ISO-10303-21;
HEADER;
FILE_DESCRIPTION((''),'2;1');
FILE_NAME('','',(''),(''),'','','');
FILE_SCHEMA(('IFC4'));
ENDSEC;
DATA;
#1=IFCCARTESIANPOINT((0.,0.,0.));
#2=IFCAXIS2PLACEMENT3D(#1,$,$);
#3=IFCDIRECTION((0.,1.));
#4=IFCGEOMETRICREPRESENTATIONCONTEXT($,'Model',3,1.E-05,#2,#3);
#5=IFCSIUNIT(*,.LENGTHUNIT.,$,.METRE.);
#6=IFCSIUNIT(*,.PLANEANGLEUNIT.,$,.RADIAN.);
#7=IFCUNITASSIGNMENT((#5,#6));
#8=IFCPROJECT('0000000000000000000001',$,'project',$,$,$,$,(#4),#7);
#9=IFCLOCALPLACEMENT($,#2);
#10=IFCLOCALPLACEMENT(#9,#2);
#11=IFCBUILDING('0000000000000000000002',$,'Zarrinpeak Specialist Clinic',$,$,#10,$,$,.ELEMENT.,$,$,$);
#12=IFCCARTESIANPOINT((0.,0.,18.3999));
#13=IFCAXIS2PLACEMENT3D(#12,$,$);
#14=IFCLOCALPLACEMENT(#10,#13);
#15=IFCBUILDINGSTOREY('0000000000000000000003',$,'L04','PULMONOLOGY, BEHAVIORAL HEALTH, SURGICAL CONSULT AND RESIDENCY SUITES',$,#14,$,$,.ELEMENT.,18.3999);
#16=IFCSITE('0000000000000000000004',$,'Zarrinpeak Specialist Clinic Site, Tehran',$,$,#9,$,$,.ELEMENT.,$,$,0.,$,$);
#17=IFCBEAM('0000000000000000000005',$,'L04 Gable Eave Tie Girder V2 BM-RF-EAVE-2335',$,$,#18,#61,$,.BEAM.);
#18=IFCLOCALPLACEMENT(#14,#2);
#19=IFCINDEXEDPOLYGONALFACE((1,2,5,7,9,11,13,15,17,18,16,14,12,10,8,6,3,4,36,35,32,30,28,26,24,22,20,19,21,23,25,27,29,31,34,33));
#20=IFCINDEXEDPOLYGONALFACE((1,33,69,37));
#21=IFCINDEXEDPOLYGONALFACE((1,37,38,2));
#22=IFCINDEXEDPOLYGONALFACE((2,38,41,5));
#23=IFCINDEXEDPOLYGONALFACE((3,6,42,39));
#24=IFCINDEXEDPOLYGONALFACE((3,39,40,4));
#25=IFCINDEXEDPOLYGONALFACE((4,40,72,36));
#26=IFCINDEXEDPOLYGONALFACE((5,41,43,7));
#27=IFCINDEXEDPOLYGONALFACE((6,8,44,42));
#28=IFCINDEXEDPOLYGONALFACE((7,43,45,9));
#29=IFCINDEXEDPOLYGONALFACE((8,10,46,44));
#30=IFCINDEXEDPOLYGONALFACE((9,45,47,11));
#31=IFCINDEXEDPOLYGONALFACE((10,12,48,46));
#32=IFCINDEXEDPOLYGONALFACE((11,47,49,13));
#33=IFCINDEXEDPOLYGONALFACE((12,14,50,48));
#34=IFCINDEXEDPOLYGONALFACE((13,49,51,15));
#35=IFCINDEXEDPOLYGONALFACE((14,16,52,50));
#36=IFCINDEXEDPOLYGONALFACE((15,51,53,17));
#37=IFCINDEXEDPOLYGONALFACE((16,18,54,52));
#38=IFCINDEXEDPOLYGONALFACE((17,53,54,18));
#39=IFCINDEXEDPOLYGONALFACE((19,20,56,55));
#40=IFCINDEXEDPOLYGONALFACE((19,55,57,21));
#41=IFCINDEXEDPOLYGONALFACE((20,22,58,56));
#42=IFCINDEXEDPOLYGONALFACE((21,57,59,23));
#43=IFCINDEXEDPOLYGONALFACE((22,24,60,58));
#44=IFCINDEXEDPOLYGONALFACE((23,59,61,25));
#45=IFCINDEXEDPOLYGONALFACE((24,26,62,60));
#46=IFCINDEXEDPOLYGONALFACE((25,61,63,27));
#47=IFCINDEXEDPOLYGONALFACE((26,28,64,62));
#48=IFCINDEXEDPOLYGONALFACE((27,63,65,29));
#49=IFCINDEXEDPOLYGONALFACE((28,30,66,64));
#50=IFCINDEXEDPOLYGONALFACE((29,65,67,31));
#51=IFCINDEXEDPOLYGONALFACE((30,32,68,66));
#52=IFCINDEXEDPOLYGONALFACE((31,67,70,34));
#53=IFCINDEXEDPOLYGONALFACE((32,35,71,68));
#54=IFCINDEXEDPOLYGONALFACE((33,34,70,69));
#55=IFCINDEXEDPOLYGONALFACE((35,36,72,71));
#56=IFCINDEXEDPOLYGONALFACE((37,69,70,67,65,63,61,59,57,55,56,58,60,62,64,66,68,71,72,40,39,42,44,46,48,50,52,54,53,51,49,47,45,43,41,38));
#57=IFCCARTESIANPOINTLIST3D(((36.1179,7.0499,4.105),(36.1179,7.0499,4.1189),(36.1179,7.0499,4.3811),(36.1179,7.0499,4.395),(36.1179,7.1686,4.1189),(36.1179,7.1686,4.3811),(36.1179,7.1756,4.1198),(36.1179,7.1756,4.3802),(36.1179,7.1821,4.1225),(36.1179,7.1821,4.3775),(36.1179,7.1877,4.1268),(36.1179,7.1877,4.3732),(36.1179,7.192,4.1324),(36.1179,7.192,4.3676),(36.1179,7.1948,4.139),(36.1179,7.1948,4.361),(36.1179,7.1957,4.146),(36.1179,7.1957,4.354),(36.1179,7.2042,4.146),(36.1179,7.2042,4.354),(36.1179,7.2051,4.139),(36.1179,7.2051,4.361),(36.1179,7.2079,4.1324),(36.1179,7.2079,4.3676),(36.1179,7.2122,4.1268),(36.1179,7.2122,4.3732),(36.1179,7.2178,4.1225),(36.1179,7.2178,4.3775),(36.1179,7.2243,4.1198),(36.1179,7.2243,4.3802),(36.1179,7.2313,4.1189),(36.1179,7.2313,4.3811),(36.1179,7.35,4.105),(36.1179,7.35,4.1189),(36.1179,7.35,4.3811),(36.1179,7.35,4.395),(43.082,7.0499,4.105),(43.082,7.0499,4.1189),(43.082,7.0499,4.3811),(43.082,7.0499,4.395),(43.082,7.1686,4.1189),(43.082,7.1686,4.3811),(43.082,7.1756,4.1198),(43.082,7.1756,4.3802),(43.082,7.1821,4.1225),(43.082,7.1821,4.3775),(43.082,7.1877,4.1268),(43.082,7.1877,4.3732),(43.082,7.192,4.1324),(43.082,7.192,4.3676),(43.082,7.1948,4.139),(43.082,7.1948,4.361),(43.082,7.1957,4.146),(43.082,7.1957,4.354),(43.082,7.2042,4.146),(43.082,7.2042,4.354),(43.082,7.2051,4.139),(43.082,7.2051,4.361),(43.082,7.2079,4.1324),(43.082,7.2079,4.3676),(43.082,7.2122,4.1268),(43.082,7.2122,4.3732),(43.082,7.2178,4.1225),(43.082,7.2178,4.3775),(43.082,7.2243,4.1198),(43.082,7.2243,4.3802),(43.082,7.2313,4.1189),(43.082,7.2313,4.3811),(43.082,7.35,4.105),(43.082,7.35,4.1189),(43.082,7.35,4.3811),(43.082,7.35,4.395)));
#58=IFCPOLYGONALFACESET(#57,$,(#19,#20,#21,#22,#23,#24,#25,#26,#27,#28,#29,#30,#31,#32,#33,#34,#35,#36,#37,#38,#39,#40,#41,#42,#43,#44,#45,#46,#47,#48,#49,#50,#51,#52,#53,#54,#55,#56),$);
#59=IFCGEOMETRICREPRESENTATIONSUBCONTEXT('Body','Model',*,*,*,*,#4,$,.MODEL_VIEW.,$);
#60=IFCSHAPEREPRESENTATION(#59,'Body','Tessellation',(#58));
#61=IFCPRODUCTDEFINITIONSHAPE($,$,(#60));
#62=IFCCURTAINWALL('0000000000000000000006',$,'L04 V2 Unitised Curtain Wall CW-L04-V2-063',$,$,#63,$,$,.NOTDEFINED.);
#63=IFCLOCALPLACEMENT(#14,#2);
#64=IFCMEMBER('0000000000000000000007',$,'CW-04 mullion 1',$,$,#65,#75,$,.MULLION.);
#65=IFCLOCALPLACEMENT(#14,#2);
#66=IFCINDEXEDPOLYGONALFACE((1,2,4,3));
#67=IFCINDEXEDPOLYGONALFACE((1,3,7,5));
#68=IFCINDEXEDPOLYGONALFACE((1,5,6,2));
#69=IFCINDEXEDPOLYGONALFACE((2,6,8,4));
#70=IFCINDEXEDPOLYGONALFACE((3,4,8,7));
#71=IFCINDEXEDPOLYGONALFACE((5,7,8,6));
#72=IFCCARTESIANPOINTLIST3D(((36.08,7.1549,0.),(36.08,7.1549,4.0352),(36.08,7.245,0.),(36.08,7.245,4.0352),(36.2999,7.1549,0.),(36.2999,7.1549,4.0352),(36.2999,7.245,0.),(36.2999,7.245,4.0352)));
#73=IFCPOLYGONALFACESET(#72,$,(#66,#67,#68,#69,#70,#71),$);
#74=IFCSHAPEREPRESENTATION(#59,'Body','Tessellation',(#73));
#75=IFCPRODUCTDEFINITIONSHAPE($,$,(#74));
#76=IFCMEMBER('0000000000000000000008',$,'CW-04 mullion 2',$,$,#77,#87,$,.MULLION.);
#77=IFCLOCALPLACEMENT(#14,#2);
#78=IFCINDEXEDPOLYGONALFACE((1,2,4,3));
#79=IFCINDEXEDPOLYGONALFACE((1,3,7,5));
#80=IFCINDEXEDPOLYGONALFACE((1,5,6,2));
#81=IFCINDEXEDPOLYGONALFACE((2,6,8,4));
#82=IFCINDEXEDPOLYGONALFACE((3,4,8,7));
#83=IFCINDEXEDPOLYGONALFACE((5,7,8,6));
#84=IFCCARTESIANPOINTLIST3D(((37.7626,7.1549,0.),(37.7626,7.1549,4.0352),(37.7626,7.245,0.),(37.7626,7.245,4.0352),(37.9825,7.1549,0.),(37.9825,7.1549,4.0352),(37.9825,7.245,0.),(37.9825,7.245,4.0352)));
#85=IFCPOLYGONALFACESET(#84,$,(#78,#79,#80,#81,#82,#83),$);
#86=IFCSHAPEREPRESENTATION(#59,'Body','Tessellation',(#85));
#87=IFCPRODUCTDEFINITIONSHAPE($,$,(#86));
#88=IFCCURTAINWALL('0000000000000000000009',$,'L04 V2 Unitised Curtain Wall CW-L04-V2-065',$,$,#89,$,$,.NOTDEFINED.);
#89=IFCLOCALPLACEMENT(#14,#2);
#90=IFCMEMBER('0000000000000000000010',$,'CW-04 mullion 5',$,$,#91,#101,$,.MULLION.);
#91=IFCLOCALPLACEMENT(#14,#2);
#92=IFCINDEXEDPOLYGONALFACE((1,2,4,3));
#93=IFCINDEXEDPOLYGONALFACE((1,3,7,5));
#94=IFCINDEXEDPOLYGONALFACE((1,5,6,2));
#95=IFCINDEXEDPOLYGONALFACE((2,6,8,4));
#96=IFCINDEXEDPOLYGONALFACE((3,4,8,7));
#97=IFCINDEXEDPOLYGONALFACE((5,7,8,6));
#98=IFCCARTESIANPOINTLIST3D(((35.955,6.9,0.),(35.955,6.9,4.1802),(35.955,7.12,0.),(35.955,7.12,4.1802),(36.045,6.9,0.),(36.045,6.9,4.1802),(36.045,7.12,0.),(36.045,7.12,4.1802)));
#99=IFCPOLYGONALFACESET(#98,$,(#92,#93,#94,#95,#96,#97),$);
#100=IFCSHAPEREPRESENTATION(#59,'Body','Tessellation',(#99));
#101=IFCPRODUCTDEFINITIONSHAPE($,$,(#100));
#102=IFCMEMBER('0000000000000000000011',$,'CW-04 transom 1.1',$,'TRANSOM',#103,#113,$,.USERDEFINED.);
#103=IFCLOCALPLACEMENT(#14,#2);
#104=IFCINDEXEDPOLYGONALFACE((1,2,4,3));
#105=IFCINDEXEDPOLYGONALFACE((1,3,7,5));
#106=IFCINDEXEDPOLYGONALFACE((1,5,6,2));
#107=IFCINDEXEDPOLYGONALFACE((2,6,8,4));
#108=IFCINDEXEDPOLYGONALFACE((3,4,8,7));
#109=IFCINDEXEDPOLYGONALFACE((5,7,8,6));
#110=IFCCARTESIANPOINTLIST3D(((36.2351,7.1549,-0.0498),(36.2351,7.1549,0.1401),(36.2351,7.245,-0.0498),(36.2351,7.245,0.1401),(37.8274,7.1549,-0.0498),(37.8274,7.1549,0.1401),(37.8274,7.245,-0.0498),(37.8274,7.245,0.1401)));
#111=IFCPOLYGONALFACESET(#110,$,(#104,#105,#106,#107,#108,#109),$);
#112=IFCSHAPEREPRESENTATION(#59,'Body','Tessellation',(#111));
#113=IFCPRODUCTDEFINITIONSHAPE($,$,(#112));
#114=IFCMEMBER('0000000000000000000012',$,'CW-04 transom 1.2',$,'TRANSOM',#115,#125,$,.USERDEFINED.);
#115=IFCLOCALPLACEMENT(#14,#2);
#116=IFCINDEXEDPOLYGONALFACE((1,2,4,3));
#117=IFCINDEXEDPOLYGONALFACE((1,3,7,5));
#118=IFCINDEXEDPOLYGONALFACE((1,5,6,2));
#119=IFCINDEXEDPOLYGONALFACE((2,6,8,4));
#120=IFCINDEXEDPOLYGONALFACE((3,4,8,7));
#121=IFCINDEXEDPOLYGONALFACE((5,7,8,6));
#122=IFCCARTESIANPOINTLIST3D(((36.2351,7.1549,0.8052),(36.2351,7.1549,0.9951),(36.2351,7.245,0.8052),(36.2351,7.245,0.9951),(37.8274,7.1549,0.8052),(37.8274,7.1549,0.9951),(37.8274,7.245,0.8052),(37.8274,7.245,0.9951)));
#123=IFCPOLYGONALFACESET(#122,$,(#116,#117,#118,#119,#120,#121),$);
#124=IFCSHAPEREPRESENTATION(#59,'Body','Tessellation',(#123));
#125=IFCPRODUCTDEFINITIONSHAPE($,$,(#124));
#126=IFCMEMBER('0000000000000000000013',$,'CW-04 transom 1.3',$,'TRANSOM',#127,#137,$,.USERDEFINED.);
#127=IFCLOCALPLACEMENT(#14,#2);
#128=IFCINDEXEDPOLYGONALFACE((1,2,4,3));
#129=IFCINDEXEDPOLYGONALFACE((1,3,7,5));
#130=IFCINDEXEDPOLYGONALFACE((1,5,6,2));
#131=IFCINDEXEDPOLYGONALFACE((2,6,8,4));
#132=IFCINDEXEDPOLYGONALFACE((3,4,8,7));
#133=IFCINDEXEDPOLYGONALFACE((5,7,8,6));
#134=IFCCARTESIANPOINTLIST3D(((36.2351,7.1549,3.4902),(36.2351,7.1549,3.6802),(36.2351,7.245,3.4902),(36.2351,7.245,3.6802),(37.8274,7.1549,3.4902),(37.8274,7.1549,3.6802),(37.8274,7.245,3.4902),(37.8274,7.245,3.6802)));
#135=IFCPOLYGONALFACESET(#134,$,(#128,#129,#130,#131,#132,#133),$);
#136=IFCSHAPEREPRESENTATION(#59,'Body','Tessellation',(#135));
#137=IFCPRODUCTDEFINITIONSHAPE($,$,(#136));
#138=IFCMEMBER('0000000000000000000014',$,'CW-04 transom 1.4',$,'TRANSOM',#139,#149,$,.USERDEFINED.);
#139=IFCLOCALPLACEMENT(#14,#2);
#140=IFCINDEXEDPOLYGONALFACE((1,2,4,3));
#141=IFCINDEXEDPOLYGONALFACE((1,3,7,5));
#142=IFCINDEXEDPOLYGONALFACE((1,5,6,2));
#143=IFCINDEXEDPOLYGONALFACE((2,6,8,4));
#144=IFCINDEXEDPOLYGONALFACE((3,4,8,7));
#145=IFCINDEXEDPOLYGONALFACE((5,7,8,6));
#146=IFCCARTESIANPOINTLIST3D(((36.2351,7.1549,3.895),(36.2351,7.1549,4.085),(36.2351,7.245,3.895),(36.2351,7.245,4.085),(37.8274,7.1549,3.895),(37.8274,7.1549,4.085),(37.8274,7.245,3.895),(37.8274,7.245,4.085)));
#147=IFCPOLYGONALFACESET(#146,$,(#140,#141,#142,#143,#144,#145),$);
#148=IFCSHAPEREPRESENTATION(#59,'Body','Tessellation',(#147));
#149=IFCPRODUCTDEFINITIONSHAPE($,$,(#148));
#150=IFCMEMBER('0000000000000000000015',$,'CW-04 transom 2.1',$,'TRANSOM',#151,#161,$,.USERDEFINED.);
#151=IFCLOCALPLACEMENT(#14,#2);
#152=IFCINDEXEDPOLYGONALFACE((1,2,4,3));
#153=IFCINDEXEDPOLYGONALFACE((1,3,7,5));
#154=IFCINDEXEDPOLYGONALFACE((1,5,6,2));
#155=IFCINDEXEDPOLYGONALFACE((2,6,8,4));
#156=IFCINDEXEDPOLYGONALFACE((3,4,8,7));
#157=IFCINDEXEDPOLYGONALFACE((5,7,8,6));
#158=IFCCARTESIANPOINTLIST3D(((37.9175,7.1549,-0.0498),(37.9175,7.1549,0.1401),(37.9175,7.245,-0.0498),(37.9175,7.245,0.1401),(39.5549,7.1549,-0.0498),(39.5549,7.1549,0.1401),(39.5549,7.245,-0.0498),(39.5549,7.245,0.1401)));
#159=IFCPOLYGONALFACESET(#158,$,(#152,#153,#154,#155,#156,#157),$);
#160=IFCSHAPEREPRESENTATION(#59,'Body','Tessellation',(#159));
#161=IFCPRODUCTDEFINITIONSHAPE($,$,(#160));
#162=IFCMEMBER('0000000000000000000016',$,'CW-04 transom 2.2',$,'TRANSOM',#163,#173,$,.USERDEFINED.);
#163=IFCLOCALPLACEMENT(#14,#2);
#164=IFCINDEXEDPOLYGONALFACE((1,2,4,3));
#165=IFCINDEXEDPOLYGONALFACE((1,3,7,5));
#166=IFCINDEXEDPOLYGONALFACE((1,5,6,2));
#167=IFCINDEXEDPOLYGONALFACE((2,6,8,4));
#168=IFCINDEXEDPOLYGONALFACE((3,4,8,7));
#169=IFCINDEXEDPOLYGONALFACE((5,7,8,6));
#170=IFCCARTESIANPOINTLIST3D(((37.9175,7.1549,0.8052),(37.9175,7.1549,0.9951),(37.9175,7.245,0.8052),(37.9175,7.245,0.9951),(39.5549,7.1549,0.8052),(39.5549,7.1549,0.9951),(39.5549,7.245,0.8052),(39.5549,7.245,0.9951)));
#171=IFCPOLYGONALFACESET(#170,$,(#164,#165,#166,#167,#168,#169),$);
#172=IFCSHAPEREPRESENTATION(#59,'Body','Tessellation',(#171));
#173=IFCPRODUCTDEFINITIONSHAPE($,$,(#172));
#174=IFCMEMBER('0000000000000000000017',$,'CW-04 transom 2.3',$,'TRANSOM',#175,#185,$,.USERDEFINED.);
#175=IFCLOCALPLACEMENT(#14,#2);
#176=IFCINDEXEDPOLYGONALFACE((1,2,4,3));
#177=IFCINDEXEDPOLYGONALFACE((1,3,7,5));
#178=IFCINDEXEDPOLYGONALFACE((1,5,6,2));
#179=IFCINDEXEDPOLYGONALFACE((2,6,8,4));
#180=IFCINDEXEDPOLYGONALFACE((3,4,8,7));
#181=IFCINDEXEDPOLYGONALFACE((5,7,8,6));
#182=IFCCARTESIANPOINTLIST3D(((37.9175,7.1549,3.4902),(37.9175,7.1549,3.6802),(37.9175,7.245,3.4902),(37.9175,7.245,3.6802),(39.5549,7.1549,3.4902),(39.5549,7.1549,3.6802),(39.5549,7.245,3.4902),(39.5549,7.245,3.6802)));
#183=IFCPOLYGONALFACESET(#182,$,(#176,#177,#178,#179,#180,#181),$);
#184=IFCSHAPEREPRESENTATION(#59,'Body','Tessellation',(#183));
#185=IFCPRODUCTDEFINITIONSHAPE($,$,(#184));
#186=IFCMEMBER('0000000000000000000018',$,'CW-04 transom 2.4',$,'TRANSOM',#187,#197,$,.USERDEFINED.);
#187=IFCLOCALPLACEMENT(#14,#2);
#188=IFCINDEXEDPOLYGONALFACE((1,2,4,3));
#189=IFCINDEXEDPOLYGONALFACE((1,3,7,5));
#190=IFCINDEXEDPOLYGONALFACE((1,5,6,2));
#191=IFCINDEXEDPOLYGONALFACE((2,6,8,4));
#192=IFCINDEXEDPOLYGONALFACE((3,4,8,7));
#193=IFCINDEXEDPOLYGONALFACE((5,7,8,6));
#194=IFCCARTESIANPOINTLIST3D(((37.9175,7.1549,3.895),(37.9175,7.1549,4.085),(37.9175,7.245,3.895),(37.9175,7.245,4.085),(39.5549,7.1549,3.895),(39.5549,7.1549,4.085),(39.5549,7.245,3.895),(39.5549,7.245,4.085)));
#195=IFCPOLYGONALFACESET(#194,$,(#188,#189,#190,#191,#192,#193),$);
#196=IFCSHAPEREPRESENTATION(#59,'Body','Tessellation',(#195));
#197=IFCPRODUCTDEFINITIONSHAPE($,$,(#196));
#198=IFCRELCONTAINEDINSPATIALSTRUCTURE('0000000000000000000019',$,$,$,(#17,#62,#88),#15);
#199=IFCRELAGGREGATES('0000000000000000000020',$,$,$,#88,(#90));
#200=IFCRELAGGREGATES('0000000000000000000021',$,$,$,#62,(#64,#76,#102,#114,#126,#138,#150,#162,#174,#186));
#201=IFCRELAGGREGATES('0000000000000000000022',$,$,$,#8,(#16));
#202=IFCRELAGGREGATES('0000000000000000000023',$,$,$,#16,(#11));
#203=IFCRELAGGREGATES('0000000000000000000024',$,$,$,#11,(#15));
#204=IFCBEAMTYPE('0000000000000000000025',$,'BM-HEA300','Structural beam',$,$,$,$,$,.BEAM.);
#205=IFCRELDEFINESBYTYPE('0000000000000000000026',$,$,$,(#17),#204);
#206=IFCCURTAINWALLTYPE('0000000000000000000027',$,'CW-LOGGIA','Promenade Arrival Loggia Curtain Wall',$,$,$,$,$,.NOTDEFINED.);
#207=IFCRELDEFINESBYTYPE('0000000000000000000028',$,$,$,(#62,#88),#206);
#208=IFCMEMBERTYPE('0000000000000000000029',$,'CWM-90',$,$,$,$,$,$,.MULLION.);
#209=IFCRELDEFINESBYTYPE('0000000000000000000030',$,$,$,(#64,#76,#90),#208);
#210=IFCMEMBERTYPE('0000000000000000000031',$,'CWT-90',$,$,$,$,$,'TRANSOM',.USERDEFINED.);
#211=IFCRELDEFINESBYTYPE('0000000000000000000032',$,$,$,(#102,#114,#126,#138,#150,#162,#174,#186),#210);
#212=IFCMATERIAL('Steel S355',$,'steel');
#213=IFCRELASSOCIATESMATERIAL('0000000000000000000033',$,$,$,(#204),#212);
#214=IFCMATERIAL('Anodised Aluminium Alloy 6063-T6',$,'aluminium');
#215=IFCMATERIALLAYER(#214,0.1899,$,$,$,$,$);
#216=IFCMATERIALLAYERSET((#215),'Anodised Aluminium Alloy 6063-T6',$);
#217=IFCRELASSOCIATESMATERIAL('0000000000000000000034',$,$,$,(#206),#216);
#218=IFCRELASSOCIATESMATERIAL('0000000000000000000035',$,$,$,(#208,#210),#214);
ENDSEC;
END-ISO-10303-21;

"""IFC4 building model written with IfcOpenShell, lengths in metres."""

from ifc_helpers import new_model, si_unit, direction, frame, origin, origin_2d, place, context, subcontext, project, spatial, rectangle, i_section, extrude, material, layer, layer_set, material_profile, profile_set, type_object, element, aggregate, save


model = new_model("IFC4")

# Units and contexts
model_context = context("Model", 3, precision=1e-05, world=origin(), true_north=direction((0.0, 1.0)))
body_context = subcontext(model_context, "Body", "Model", "MODEL_VIEW")
ifc_project = project(units=[si_unit("LENGTHUNIT", "METRE"), si_unit("PLANEANGLEUNIT", "RADIAN")], contexts=[model_context])

# Site, building, storey
site_placement = place(None, origin())
site = spatial("IfcSite", under=ifc_project, at=site_placement, Name="Zarrinpeak Specialist Clinic Site, Tehran", CompositionType="ELEMENT", RefElevation=0.0)
building_placement = place(site_placement, origin())
building = spatial("IfcBuilding", under=site, at=building_placement, Name="Zarrinpeak Specialist Clinic", CompositionType="ELEMENT")
storey_placement = place(building_placement, frame((0.0, 0.0, 18.3999)))
storey = spatial("IfcBuildingStorey", under=building, at=storey_placement, Name="L04", Description="PULMONOLOGY, BEHAVIORAL HEALTH, SURGICAL CONSULT AND RESIDENCY SUITES", CompositionType="ELEMENT", Elevation=18.3999)

# Shared definitions
ifc_material_1 = material(Name="Steel S355", Category="steel")

# Beam
ifc_material_profile_1 = material_profile(ifc_material_1, i_section(OverallWidth=0.3, OverallDepth=0.29, WebThickness=0.0085, FlangeThickness=0.0139, FilletRadius=0.0271, at=origin_2d()), Name="HEA 300")
ifc_profile_set_1 = profile_set([ifc_material_profile_1], Name="Steel S355")
beam_type_1 = type_object("IfcBeamType", Name="BM-HEA300", Description="Structural beam", PredefinedType="BEAM", material=ifc_profile_set_1)
beam_1_placement = place(storey_placement, frame((36.1179, 7.2, 4.25), z_axis=(1.0, 0.0, 0.0), x_axis=(0.0, 1.0, 0.0)))
element("IfcBeam", 1, at=beam_1_placement, inside=storey, type_object=beam_type_1, Name="L04 Gable Eave Tie Girder V2 BM-RF-EAVE-2335", PredefinedType="BEAM", context=body_context, shape_type="SweptSolid", body=[
    extrude(i_section(OverallWidth=0.3, OverallDepth=0.29, WebThickness=0.0085, FlangeThickness=0.0139, FilletRadius=0.0271, at=origin_2d()), origin(), (0.0, 0.0, 1.0), 6.9641),
])

# Curtain wall, members
ifc_material_2 = material(Name="Anodised Aluminium Alloy 6063-T6", Category="aluminium")
ifc_layer_1 = layer(ifc_material_2, 0.1899)
ifc_layer_set_1 = layer_set([ifc_layer_1], Name="Anodised Aluminium Alloy 6063-T6")
curtain_wall_type = type_object("IfcCurtainWallType", Name="CW-LOGGIA", Description="Promenade Arrival Loggia Curtain Wall", PredefinedType="NOTDEFINED", material=ifc_layer_set_1)
curtain_wall_1_placement = place(storey_placement, origin())
curtain_wall_1 = element("IfcCurtainWall", 2, at=curtain_wall_1_placement, inside=storey, type_object=curtain_wall_type, Name="L04 V2 Unitised Curtain Wall CW-L04-V2-063", PredefinedType="NOTDEFINED")
ifc_material_profile_2 = material_profile(ifc_material_2, rectangle(XDim=0.0901, YDim=0.22, at=origin_2d()), Name="ALU 90x220")
ifc_profile_set_2 = profile_set([ifc_material_profile_2], Name="Anodised Aluminium Alloy 6063-T6")
member_type_1 = type_object("IfcMemberType", Name="CWM-90", PredefinedType="MULLION", material=ifc_profile_set_2)
member_1_placement = place(storey_placement, frame((36.1899, 7.2, 0.0), z_axis=(0.0, 0.0, 1.0), x_axis=(0.0, 1.0, 0.0)))
member_1 = element("IfcMember", 3, at=member_1_placement, type_object=member_type_1, Name="CW-04 mullion 1", PredefinedType="MULLION", context=body_context, shape_type="SweptSolid", body=[
    extrude(rectangle(XDim=0.0901, YDim=0.22, at=origin_2d()), origin(), (0.0, 0.0, 1.0), 4.0352),
])
member_2_placement = place(storey_placement, frame((37.8726, 7.2, 0.0), z_axis=(0.0, 0.0, 1.0), x_axis=(0.0, 1.0, 0.0)))
member_2 = element("IfcMember", 4, at=member_2_placement, type_object=member_type_1, Name="CW-04 mullion 2", PredefinedType="MULLION", context=body_context, shape_type="SweptSolid", body=[
    extrude(rectangle(XDim=0.0901, YDim=0.22, at=origin_2d()), origin(), (0.0, 0.0, 1.0), 4.0352),
])

# Curtain wall, member
curtain_wall_2_placement = place(storey_placement, origin())
curtain_wall_2 = element("IfcCurtainWall", 5, at=curtain_wall_2_placement, inside=storey, type_object=curtain_wall_type, Name="L04 V2 Unitised Curtain Wall CW-L04-V2-065", PredefinedType="NOTDEFINED")
member_3_placement = place(storey_placement, frame((36.0, 7.01, 0.0), z_axis=(0.0, 0.0, 1.0), x_axis=(-1.0, 0.0, 0.0)))
member_3 = element("IfcMember", 6, at=member_3_placement, type_object=member_type_1, Name="CW-04 mullion 5", PredefinedType="MULLION", context=body_context, shape_type="SweptSolid", body=[
    extrude(rectangle(XDim=0.0901, YDim=0.22, at=origin_2d()), origin(), (0.0, 0.0, 1.0), 4.1802),
])

# Members
ifc_material_profile_3 = material_profile(ifc_material_2, rectangle(XDim=0.0901, YDim=0.1899, at=origin_2d()), Name="ALU 90x190")
ifc_profile_set_3 = profile_set([ifc_material_profile_3], Name="Anodised Aluminium Alloy 6063-T6")
member_type_2 = type_object("IfcMemberType", Name="CWT-90", ElementType="TRANSOM", PredefinedType="USERDEFINED", material=ifc_profile_set_3)
member_4_placement = place(storey_placement, frame((36.2351, 7.2, 0.0452), z_axis=(1.0, 0.0, 0.0), x_axis=(0.0, 1.0, 0.0)))
member_4 = element("IfcMember", 7, at=member_4_placement, type_object=member_type_2, Name="CW-04 transom 1.1", ObjectType="TRANSOM", PredefinedType="USERDEFINED", context=body_context, shape_type="SweptSolid", body=[
    extrude(rectangle(XDim=0.0901, YDim=0.1899, at=origin_2d()), origin(), (0.0, 0.0, 1.0), 1.5923),
])
member_5_placement = place(storey_placement, frame((36.2351, 7.2, 0.9001), z_axis=(1.0, 0.0, 0.0), x_axis=(0.0, 1.0, 0.0)))
member_5 = element("IfcMember", 8, at=member_5_placement, type_object=member_type_2, Name="CW-04 transom 1.2", ObjectType="TRANSOM", PredefinedType="USERDEFINED", context=body_context, shape_type="SweptSolid", body=[
    extrude(rectangle(XDim=0.0901, YDim=0.1899, at=origin_2d()), origin(), (0.0, 0.0, 1.0), 1.5923),
])
member_6_placement = place(storey_placement, frame((36.2351, 7.2, 3.5852), z_axis=(1.0, 0.0, 0.0), x_axis=(0.0, 1.0, 0.0)))
member_6 = element("IfcMember", 9, at=member_6_placement, type_object=member_type_2, Name="CW-04 transom 1.3", ObjectType="TRANSOM", PredefinedType="USERDEFINED", context=body_context, shape_type="SweptSolid", body=[
    extrude(rectangle(XDim=0.0901, YDim=0.1899, at=origin_2d()), origin(), (0.0, 0.0, 1.0), 1.5923),
])
member_7_placement = place(storey_placement, frame((36.2351, 7.2, 3.99), z_axis=(1.0, 0.0, 0.0), x_axis=(0.0, 1.0, 0.0)))
member_7 = element("IfcMember", 10, at=member_7_placement, type_object=member_type_2, Name="CW-04 transom 1.4", ObjectType="TRANSOM", PredefinedType="USERDEFINED", context=body_context, shape_type="SweptSolid", body=[
    extrude(rectangle(XDim=0.0901, YDim=0.1899, at=origin_2d()), origin(), (0.0, 0.0, 1.0), 1.5923),
])
member_8_placement = place(storey_placement, frame((37.9175, 7.2, 0.0452), z_axis=(1.0, 0.0, 0.0), x_axis=(0.0, 1.0, 0.0)))
member_8 = element("IfcMember", 11, at=member_8_placement, type_object=member_type_2, Name="CW-04 transom 2.1", ObjectType="TRANSOM", PredefinedType="USERDEFINED", context=body_context, shape_type="SweptSolid", body=[
    extrude(rectangle(XDim=0.0901, YDim=0.1899, at=origin_2d()), origin(), (0.0, 0.0, 1.0), 1.6375),
])
member_9_placement = place(storey_placement, frame((37.9175, 7.2, 0.9001), z_axis=(1.0, 0.0, 0.0), x_axis=(0.0, 1.0, 0.0)))
member_9 = element("IfcMember", 12, at=member_9_placement, type_object=member_type_2, Name="CW-04 transom 2.2", ObjectType="TRANSOM", PredefinedType="USERDEFINED", context=body_context, shape_type="SweptSolid", body=[
    extrude(rectangle(XDim=0.0901, YDim=0.1899, at=origin_2d()), origin(), (0.0, 0.0, 1.0), 1.6375),
])
member_10_placement = place(storey_placement, frame((37.9175, 7.2, 3.5852), z_axis=(1.0, 0.0, 0.0), x_axis=(0.0, 1.0, 0.0)))
member_10 = element("IfcMember", 13, at=member_10_placement, type_object=member_type_2, Name="CW-04 transom 2.3", ObjectType="TRANSOM", PredefinedType="USERDEFINED", context=body_context, shape_type="SweptSolid", body=[
    extrude(rectangle(XDim=0.0901, YDim=0.1899, at=origin_2d()), origin(), (0.0, 0.0, 1.0), 1.6375),
])
member_11_placement = place(storey_placement, frame((37.9175, 7.2, 3.99), z_axis=(1.0, 0.0, 0.0), x_axis=(0.0, 1.0, 0.0)))
member_11 = element("IfcMember", 14, at=member_11_placement, type_object=member_type_2, Name="CW-04 transom 2.4", ObjectType="TRANSOM", PredefinedType="USERDEFINED", context=body_context, shape_type="SweptSolid", body=[
    extrude(rectangle(XDim=0.0901, YDim=0.1899, at=origin_2d()), origin(), (0.0, 0.0, 1.0), 1.6375),
])

aggregate(curtain_wall_2, [member_3])
aggregate(curtain_wall_1, [member_1, member_2, member_4, member_5, member_6, member_7, member_8, member_9, member_10, member_11])

save(model, "model.ifc")
